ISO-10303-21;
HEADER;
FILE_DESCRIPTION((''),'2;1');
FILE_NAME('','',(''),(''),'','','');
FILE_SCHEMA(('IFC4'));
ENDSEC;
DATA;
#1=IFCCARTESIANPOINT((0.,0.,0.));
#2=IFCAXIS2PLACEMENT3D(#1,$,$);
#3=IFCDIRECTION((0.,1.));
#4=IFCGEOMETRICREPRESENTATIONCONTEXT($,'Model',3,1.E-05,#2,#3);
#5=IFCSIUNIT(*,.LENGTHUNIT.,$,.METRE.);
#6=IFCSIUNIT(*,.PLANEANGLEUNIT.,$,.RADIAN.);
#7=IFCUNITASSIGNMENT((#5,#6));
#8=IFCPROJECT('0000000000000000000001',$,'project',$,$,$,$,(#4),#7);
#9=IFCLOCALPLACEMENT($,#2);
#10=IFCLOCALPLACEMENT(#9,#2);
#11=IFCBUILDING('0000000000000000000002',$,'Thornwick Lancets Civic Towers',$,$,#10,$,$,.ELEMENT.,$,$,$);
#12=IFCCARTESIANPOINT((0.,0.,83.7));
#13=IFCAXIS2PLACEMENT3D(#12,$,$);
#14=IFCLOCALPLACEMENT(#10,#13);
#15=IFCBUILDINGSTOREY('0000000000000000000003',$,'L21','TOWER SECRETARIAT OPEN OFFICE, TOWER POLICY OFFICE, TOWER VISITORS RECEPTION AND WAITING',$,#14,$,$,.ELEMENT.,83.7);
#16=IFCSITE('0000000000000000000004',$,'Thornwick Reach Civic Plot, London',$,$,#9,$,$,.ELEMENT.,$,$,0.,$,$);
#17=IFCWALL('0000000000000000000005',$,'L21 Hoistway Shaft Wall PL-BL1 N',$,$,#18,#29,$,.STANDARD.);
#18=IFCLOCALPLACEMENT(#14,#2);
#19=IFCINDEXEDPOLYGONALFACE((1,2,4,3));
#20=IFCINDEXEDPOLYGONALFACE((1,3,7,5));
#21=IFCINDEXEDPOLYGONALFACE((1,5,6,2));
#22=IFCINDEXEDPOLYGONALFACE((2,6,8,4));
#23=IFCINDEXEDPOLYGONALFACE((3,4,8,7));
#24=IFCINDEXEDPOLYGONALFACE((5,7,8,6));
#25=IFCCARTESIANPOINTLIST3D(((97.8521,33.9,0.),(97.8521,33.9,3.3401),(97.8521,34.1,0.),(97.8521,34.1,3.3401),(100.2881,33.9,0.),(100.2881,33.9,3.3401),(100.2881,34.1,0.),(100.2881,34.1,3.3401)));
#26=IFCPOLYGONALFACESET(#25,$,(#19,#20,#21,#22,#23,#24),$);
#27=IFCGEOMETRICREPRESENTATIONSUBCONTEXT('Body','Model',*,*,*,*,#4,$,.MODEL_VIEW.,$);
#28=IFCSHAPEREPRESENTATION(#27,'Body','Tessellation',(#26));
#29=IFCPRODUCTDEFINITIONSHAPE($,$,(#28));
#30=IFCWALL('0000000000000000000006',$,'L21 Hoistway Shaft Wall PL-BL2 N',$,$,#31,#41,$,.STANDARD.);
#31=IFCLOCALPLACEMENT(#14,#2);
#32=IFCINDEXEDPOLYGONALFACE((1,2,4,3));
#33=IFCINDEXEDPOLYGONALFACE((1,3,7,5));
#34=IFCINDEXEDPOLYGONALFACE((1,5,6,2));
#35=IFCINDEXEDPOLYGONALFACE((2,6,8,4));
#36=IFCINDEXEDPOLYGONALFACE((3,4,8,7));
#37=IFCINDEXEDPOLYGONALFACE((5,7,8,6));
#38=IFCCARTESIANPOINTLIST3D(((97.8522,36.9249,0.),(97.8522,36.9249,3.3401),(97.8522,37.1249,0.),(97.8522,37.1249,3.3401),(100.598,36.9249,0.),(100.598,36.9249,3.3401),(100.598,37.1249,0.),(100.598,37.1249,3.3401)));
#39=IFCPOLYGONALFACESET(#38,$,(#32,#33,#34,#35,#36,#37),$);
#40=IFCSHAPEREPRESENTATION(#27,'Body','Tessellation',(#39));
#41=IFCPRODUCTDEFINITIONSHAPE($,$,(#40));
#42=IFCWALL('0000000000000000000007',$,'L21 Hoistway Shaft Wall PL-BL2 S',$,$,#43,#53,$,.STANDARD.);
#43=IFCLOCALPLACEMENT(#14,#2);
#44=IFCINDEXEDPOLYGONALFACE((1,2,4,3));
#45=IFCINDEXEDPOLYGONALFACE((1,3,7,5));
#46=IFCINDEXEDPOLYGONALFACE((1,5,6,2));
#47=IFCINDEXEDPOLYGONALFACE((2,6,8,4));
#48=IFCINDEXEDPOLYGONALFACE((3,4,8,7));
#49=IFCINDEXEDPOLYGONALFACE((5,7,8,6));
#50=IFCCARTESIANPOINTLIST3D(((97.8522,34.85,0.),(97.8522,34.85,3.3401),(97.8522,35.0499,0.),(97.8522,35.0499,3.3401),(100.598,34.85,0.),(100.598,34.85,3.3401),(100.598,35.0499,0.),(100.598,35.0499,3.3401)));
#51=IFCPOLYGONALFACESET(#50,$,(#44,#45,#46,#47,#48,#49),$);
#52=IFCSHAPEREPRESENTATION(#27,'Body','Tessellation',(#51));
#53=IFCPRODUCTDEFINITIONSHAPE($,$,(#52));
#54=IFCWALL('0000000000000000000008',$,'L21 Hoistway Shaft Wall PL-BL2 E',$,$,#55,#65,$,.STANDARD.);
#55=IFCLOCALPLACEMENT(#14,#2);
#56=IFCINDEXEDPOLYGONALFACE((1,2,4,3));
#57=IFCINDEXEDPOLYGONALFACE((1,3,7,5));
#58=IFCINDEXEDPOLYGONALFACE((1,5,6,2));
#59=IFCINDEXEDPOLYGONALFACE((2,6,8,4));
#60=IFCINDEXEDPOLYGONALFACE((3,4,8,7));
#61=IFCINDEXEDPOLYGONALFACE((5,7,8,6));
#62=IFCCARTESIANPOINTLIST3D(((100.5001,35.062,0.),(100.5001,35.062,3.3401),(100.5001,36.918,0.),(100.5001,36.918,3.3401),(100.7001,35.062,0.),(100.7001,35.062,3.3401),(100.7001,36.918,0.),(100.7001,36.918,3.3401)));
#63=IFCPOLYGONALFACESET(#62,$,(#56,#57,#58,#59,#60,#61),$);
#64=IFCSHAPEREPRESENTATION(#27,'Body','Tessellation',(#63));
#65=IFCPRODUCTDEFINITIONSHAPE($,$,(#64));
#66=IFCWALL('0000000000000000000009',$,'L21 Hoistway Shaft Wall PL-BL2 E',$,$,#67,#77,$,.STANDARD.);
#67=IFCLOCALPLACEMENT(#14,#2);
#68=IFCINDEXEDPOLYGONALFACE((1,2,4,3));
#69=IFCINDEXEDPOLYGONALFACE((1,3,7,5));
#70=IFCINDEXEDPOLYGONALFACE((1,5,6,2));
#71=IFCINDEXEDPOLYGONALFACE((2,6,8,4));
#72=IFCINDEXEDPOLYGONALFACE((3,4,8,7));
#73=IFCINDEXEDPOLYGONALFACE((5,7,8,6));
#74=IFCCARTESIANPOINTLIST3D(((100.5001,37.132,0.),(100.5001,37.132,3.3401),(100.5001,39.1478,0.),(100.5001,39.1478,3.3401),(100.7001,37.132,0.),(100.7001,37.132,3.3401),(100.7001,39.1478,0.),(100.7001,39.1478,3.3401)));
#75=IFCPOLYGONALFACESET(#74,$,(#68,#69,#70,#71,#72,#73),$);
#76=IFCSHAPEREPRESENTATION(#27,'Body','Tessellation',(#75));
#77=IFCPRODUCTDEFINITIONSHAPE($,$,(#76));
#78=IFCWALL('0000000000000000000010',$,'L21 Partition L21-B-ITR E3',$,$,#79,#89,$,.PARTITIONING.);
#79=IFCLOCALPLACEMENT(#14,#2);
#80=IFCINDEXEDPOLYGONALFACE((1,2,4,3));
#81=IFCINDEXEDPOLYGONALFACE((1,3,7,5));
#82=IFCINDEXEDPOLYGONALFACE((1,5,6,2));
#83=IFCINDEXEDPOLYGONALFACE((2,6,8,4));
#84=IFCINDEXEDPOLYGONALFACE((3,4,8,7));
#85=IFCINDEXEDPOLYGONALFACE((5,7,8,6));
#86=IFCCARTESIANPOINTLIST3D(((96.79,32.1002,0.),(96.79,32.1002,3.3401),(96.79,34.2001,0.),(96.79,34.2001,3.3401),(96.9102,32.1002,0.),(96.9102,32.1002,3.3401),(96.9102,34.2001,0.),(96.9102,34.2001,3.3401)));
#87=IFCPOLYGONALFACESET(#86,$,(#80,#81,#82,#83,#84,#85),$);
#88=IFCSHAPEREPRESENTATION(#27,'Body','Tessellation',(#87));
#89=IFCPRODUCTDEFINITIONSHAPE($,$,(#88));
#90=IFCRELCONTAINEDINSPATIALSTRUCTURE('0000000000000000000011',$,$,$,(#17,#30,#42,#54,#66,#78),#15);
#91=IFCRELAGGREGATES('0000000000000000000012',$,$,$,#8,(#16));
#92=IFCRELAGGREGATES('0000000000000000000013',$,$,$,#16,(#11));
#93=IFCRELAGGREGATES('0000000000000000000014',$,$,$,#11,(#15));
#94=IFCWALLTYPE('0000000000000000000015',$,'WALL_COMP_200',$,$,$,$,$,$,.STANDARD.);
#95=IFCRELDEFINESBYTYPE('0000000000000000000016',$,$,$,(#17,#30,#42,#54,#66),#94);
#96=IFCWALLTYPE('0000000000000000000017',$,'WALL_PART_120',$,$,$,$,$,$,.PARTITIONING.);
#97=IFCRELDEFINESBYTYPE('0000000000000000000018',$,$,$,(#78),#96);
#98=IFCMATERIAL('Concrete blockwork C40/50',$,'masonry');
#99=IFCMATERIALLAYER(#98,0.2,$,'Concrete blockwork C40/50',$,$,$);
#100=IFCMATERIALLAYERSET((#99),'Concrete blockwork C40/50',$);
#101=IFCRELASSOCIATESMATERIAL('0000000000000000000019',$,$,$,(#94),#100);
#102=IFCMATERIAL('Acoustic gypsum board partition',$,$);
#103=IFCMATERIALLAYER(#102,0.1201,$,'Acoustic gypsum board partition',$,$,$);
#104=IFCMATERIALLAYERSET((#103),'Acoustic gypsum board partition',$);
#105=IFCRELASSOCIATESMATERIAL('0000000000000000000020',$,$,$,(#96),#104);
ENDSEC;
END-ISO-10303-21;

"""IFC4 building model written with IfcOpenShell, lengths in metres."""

from ifc_helpers import new_model, si_unit, direction, frame, frame_2d, origin, place, context, subcontext, project, spatial, rectangle, extrude, material, layer, layer_set, type_object, element, save


model = new_model("IFC4")

# Units and contexts
model_context = context("Model", 3, precision=1e-05, world=origin(), true_north=direction((0.0, 1.0)))
body_context = subcontext(model_context, "Body", "Model", "MODEL_VIEW")
ifc_project = project(units=[si_unit("LENGTHUNIT", "METRE"), si_unit("PLANEANGLEUNIT", "RADIAN")], contexts=[model_context])

# Site, building, storey
site_placement = place(None, origin())
site = spatial("IfcSite", under=ifc_project, at=site_placement, Name="Thornwick Reach Civic Plot, London", CompositionType="ELEMENT", RefElevation=0.0)
building_placement = place(site_placement, origin())
building = spatial("IfcBuilding", under=site, at=building_placement, Name="Thornwick Lancets Civic Towers", CompositionType="ELEMENT")
storey_placement = place(building_placement, frame((0.0, 0.0, 83.7)))
storey = spatial("IfcBuildingStorey", under=building, at=storey_placement, Name="L21", Description="TOWER SECRETARIAT OPEN OFFICE, TOWER POLICY OFFICE, TOWER VISITORS RECEPTION AND WAITING", CompositionType="ELEMENT", Elevation=83.7)

# Shared definitions
ifc_material_1 = material(Name="Concrete blockwork C40/50", Category="masonry")
ifc_layer_1 = layer(ifc_material_1, 0.2, Name="Concrete blockwork C40/50")
ifc_layer_set_1 = layer_set([ifc_layer_1], Name="Concrete blockwork C40/50")
wall_type_1 = type_object("IfcWallType", Name="WALL_COMP_200", PredefinedType="STANDARD", material=ifc_layer_set_1)

# Walls
for number, where, z_axis, x_axis, name in (
    (1, (97.8521, 34.0, 0.0), (0.0, 0.0, 1.0), (1.0, 0.0, 0.0), "L21 Hoistway Shaft Wall PL-BL1 N"),
):
    element("IfcWall", number, at=place(storey_placement, frame(where, z_axis=z_axis, x_axis=x_axis)), inside=storey, type_object=wall_type_1, Name=name, PredefinedType="STANDARD", context=body_context, shape_type="SweptSolid", body=[
        extrude(rectangle(XDim=2.436, YDim=0.2, at=frame_2d((1.218, 0.0))), origin(), (0.0, 0.0, 1.0), 3.3401),
    ])
for number, where, z_axis, x_axis, name in (
    (2, (97.8521, 37.0249, 0.0), (0.0, 0.0, 1.0), (1.0, 0.0, 0.0), "L21 Hoistway Shaft Wall PL-BL2 N"),
    (3, (97.8521, 34.95, 0.0), (0.0, 0.0, 1.0), (1.0, 0.0, 0.0), "L21 Hoistway Shaft Wall PL-BL2 S"),
):
    element("IfcWall", number, at=place(storey_placement, frame(where, z_axis=z_axis, x_axis=x_axis)), inside=storey, type_object=wall_type_1, Name=name, PredefinedType="STANDARD", context=body_context, shape_type="SweptSolid", body=[
        extrude(rectangle(XDim=2.7458, YDim=0.2, at=frame_2d((1.373, 0.0))), origin(), (0.0, 0.0, 1.0), 3.3401),
    ])
wall_1_placement = place(storey_placement, frame((100.6001, 35.062, 0.0), z_axis=(0.0, 0.0, 1.0), x_axis=(0.0, 1.0, 0.0)))
element("IfcWall", 4, at=wall_1_placement, inside=storey, type_object=wall_type_1, Name="L21 Hoistway Shaft Wall PL-BL2 E", PredefinedType="STANDARD", context=body_context, shape_type="SweptSolid", body=[
    extrude(rectangle(XDim=1.856, YDim=0.2, at=frame_2d((0.928, 0.0))), origin(), (0.0, 0.0, 1.0), 3.3401),
])
wall_2_placement = place(storey_placement, frame((100.6001, 37.1321, 0.0), z_axis=(0.0, 0.0, 1.0), x_axis=(0.0, 1.0, 0.0)))
element("IfcWall", 5, at=wall_2_placement, inside=storey, type_object=wall_type_1, Name="L21 Hoistway Shaft Wall PL-BL2 E", PredefinedType="STANDARD", context=body_context, shape_type="SweptSolid", body=[
    extrude(rectangle(XDim=2.0159, YDim=0.2, at=frame_2d((1.0078, 0.0))), origin(), (0.0, 0.0, 1.0), 3.3401),
])
ifc_material_2 = material(Name="Acoustic gypsum board partition")
ifc_layer_2 = layer(ifc_material_2, 0.1201, Name="Acoustic gypsum board partition")
ifc_layer_set_2 = layer_set([ifc_layer_2], Name="Acoustic gypsum board partition")
wall_type_2 = type_object("IfcWallType", Name="WALL_PART_120", PredefinedType="PARTITIONING", material=ifc_layer_set_2)
wall_3_placement = place(storey_placement, frame((96.8501, 34.2, 0.0), z_axis=(0.0, 0.0, 1.0), x_axis=(0.0, -1.0, 0.0)))
element("IfcWall", 6, at=wall_3_placement, inside=storey, type_object=wall_type_2, Name="L21 Partition L21-B-ITR E3", PredefinedType="PARTITIONING", context=body_context, shape_type="SweptSolid", body=[
    extrude(rectangle(XDim=2.0999, YDim=0.1201, at=frame_2d((1.0498, 0.0))), origin(), (0.0, 0.0, 1.0), 3.3401),
])

save(model, "model.ifc")
